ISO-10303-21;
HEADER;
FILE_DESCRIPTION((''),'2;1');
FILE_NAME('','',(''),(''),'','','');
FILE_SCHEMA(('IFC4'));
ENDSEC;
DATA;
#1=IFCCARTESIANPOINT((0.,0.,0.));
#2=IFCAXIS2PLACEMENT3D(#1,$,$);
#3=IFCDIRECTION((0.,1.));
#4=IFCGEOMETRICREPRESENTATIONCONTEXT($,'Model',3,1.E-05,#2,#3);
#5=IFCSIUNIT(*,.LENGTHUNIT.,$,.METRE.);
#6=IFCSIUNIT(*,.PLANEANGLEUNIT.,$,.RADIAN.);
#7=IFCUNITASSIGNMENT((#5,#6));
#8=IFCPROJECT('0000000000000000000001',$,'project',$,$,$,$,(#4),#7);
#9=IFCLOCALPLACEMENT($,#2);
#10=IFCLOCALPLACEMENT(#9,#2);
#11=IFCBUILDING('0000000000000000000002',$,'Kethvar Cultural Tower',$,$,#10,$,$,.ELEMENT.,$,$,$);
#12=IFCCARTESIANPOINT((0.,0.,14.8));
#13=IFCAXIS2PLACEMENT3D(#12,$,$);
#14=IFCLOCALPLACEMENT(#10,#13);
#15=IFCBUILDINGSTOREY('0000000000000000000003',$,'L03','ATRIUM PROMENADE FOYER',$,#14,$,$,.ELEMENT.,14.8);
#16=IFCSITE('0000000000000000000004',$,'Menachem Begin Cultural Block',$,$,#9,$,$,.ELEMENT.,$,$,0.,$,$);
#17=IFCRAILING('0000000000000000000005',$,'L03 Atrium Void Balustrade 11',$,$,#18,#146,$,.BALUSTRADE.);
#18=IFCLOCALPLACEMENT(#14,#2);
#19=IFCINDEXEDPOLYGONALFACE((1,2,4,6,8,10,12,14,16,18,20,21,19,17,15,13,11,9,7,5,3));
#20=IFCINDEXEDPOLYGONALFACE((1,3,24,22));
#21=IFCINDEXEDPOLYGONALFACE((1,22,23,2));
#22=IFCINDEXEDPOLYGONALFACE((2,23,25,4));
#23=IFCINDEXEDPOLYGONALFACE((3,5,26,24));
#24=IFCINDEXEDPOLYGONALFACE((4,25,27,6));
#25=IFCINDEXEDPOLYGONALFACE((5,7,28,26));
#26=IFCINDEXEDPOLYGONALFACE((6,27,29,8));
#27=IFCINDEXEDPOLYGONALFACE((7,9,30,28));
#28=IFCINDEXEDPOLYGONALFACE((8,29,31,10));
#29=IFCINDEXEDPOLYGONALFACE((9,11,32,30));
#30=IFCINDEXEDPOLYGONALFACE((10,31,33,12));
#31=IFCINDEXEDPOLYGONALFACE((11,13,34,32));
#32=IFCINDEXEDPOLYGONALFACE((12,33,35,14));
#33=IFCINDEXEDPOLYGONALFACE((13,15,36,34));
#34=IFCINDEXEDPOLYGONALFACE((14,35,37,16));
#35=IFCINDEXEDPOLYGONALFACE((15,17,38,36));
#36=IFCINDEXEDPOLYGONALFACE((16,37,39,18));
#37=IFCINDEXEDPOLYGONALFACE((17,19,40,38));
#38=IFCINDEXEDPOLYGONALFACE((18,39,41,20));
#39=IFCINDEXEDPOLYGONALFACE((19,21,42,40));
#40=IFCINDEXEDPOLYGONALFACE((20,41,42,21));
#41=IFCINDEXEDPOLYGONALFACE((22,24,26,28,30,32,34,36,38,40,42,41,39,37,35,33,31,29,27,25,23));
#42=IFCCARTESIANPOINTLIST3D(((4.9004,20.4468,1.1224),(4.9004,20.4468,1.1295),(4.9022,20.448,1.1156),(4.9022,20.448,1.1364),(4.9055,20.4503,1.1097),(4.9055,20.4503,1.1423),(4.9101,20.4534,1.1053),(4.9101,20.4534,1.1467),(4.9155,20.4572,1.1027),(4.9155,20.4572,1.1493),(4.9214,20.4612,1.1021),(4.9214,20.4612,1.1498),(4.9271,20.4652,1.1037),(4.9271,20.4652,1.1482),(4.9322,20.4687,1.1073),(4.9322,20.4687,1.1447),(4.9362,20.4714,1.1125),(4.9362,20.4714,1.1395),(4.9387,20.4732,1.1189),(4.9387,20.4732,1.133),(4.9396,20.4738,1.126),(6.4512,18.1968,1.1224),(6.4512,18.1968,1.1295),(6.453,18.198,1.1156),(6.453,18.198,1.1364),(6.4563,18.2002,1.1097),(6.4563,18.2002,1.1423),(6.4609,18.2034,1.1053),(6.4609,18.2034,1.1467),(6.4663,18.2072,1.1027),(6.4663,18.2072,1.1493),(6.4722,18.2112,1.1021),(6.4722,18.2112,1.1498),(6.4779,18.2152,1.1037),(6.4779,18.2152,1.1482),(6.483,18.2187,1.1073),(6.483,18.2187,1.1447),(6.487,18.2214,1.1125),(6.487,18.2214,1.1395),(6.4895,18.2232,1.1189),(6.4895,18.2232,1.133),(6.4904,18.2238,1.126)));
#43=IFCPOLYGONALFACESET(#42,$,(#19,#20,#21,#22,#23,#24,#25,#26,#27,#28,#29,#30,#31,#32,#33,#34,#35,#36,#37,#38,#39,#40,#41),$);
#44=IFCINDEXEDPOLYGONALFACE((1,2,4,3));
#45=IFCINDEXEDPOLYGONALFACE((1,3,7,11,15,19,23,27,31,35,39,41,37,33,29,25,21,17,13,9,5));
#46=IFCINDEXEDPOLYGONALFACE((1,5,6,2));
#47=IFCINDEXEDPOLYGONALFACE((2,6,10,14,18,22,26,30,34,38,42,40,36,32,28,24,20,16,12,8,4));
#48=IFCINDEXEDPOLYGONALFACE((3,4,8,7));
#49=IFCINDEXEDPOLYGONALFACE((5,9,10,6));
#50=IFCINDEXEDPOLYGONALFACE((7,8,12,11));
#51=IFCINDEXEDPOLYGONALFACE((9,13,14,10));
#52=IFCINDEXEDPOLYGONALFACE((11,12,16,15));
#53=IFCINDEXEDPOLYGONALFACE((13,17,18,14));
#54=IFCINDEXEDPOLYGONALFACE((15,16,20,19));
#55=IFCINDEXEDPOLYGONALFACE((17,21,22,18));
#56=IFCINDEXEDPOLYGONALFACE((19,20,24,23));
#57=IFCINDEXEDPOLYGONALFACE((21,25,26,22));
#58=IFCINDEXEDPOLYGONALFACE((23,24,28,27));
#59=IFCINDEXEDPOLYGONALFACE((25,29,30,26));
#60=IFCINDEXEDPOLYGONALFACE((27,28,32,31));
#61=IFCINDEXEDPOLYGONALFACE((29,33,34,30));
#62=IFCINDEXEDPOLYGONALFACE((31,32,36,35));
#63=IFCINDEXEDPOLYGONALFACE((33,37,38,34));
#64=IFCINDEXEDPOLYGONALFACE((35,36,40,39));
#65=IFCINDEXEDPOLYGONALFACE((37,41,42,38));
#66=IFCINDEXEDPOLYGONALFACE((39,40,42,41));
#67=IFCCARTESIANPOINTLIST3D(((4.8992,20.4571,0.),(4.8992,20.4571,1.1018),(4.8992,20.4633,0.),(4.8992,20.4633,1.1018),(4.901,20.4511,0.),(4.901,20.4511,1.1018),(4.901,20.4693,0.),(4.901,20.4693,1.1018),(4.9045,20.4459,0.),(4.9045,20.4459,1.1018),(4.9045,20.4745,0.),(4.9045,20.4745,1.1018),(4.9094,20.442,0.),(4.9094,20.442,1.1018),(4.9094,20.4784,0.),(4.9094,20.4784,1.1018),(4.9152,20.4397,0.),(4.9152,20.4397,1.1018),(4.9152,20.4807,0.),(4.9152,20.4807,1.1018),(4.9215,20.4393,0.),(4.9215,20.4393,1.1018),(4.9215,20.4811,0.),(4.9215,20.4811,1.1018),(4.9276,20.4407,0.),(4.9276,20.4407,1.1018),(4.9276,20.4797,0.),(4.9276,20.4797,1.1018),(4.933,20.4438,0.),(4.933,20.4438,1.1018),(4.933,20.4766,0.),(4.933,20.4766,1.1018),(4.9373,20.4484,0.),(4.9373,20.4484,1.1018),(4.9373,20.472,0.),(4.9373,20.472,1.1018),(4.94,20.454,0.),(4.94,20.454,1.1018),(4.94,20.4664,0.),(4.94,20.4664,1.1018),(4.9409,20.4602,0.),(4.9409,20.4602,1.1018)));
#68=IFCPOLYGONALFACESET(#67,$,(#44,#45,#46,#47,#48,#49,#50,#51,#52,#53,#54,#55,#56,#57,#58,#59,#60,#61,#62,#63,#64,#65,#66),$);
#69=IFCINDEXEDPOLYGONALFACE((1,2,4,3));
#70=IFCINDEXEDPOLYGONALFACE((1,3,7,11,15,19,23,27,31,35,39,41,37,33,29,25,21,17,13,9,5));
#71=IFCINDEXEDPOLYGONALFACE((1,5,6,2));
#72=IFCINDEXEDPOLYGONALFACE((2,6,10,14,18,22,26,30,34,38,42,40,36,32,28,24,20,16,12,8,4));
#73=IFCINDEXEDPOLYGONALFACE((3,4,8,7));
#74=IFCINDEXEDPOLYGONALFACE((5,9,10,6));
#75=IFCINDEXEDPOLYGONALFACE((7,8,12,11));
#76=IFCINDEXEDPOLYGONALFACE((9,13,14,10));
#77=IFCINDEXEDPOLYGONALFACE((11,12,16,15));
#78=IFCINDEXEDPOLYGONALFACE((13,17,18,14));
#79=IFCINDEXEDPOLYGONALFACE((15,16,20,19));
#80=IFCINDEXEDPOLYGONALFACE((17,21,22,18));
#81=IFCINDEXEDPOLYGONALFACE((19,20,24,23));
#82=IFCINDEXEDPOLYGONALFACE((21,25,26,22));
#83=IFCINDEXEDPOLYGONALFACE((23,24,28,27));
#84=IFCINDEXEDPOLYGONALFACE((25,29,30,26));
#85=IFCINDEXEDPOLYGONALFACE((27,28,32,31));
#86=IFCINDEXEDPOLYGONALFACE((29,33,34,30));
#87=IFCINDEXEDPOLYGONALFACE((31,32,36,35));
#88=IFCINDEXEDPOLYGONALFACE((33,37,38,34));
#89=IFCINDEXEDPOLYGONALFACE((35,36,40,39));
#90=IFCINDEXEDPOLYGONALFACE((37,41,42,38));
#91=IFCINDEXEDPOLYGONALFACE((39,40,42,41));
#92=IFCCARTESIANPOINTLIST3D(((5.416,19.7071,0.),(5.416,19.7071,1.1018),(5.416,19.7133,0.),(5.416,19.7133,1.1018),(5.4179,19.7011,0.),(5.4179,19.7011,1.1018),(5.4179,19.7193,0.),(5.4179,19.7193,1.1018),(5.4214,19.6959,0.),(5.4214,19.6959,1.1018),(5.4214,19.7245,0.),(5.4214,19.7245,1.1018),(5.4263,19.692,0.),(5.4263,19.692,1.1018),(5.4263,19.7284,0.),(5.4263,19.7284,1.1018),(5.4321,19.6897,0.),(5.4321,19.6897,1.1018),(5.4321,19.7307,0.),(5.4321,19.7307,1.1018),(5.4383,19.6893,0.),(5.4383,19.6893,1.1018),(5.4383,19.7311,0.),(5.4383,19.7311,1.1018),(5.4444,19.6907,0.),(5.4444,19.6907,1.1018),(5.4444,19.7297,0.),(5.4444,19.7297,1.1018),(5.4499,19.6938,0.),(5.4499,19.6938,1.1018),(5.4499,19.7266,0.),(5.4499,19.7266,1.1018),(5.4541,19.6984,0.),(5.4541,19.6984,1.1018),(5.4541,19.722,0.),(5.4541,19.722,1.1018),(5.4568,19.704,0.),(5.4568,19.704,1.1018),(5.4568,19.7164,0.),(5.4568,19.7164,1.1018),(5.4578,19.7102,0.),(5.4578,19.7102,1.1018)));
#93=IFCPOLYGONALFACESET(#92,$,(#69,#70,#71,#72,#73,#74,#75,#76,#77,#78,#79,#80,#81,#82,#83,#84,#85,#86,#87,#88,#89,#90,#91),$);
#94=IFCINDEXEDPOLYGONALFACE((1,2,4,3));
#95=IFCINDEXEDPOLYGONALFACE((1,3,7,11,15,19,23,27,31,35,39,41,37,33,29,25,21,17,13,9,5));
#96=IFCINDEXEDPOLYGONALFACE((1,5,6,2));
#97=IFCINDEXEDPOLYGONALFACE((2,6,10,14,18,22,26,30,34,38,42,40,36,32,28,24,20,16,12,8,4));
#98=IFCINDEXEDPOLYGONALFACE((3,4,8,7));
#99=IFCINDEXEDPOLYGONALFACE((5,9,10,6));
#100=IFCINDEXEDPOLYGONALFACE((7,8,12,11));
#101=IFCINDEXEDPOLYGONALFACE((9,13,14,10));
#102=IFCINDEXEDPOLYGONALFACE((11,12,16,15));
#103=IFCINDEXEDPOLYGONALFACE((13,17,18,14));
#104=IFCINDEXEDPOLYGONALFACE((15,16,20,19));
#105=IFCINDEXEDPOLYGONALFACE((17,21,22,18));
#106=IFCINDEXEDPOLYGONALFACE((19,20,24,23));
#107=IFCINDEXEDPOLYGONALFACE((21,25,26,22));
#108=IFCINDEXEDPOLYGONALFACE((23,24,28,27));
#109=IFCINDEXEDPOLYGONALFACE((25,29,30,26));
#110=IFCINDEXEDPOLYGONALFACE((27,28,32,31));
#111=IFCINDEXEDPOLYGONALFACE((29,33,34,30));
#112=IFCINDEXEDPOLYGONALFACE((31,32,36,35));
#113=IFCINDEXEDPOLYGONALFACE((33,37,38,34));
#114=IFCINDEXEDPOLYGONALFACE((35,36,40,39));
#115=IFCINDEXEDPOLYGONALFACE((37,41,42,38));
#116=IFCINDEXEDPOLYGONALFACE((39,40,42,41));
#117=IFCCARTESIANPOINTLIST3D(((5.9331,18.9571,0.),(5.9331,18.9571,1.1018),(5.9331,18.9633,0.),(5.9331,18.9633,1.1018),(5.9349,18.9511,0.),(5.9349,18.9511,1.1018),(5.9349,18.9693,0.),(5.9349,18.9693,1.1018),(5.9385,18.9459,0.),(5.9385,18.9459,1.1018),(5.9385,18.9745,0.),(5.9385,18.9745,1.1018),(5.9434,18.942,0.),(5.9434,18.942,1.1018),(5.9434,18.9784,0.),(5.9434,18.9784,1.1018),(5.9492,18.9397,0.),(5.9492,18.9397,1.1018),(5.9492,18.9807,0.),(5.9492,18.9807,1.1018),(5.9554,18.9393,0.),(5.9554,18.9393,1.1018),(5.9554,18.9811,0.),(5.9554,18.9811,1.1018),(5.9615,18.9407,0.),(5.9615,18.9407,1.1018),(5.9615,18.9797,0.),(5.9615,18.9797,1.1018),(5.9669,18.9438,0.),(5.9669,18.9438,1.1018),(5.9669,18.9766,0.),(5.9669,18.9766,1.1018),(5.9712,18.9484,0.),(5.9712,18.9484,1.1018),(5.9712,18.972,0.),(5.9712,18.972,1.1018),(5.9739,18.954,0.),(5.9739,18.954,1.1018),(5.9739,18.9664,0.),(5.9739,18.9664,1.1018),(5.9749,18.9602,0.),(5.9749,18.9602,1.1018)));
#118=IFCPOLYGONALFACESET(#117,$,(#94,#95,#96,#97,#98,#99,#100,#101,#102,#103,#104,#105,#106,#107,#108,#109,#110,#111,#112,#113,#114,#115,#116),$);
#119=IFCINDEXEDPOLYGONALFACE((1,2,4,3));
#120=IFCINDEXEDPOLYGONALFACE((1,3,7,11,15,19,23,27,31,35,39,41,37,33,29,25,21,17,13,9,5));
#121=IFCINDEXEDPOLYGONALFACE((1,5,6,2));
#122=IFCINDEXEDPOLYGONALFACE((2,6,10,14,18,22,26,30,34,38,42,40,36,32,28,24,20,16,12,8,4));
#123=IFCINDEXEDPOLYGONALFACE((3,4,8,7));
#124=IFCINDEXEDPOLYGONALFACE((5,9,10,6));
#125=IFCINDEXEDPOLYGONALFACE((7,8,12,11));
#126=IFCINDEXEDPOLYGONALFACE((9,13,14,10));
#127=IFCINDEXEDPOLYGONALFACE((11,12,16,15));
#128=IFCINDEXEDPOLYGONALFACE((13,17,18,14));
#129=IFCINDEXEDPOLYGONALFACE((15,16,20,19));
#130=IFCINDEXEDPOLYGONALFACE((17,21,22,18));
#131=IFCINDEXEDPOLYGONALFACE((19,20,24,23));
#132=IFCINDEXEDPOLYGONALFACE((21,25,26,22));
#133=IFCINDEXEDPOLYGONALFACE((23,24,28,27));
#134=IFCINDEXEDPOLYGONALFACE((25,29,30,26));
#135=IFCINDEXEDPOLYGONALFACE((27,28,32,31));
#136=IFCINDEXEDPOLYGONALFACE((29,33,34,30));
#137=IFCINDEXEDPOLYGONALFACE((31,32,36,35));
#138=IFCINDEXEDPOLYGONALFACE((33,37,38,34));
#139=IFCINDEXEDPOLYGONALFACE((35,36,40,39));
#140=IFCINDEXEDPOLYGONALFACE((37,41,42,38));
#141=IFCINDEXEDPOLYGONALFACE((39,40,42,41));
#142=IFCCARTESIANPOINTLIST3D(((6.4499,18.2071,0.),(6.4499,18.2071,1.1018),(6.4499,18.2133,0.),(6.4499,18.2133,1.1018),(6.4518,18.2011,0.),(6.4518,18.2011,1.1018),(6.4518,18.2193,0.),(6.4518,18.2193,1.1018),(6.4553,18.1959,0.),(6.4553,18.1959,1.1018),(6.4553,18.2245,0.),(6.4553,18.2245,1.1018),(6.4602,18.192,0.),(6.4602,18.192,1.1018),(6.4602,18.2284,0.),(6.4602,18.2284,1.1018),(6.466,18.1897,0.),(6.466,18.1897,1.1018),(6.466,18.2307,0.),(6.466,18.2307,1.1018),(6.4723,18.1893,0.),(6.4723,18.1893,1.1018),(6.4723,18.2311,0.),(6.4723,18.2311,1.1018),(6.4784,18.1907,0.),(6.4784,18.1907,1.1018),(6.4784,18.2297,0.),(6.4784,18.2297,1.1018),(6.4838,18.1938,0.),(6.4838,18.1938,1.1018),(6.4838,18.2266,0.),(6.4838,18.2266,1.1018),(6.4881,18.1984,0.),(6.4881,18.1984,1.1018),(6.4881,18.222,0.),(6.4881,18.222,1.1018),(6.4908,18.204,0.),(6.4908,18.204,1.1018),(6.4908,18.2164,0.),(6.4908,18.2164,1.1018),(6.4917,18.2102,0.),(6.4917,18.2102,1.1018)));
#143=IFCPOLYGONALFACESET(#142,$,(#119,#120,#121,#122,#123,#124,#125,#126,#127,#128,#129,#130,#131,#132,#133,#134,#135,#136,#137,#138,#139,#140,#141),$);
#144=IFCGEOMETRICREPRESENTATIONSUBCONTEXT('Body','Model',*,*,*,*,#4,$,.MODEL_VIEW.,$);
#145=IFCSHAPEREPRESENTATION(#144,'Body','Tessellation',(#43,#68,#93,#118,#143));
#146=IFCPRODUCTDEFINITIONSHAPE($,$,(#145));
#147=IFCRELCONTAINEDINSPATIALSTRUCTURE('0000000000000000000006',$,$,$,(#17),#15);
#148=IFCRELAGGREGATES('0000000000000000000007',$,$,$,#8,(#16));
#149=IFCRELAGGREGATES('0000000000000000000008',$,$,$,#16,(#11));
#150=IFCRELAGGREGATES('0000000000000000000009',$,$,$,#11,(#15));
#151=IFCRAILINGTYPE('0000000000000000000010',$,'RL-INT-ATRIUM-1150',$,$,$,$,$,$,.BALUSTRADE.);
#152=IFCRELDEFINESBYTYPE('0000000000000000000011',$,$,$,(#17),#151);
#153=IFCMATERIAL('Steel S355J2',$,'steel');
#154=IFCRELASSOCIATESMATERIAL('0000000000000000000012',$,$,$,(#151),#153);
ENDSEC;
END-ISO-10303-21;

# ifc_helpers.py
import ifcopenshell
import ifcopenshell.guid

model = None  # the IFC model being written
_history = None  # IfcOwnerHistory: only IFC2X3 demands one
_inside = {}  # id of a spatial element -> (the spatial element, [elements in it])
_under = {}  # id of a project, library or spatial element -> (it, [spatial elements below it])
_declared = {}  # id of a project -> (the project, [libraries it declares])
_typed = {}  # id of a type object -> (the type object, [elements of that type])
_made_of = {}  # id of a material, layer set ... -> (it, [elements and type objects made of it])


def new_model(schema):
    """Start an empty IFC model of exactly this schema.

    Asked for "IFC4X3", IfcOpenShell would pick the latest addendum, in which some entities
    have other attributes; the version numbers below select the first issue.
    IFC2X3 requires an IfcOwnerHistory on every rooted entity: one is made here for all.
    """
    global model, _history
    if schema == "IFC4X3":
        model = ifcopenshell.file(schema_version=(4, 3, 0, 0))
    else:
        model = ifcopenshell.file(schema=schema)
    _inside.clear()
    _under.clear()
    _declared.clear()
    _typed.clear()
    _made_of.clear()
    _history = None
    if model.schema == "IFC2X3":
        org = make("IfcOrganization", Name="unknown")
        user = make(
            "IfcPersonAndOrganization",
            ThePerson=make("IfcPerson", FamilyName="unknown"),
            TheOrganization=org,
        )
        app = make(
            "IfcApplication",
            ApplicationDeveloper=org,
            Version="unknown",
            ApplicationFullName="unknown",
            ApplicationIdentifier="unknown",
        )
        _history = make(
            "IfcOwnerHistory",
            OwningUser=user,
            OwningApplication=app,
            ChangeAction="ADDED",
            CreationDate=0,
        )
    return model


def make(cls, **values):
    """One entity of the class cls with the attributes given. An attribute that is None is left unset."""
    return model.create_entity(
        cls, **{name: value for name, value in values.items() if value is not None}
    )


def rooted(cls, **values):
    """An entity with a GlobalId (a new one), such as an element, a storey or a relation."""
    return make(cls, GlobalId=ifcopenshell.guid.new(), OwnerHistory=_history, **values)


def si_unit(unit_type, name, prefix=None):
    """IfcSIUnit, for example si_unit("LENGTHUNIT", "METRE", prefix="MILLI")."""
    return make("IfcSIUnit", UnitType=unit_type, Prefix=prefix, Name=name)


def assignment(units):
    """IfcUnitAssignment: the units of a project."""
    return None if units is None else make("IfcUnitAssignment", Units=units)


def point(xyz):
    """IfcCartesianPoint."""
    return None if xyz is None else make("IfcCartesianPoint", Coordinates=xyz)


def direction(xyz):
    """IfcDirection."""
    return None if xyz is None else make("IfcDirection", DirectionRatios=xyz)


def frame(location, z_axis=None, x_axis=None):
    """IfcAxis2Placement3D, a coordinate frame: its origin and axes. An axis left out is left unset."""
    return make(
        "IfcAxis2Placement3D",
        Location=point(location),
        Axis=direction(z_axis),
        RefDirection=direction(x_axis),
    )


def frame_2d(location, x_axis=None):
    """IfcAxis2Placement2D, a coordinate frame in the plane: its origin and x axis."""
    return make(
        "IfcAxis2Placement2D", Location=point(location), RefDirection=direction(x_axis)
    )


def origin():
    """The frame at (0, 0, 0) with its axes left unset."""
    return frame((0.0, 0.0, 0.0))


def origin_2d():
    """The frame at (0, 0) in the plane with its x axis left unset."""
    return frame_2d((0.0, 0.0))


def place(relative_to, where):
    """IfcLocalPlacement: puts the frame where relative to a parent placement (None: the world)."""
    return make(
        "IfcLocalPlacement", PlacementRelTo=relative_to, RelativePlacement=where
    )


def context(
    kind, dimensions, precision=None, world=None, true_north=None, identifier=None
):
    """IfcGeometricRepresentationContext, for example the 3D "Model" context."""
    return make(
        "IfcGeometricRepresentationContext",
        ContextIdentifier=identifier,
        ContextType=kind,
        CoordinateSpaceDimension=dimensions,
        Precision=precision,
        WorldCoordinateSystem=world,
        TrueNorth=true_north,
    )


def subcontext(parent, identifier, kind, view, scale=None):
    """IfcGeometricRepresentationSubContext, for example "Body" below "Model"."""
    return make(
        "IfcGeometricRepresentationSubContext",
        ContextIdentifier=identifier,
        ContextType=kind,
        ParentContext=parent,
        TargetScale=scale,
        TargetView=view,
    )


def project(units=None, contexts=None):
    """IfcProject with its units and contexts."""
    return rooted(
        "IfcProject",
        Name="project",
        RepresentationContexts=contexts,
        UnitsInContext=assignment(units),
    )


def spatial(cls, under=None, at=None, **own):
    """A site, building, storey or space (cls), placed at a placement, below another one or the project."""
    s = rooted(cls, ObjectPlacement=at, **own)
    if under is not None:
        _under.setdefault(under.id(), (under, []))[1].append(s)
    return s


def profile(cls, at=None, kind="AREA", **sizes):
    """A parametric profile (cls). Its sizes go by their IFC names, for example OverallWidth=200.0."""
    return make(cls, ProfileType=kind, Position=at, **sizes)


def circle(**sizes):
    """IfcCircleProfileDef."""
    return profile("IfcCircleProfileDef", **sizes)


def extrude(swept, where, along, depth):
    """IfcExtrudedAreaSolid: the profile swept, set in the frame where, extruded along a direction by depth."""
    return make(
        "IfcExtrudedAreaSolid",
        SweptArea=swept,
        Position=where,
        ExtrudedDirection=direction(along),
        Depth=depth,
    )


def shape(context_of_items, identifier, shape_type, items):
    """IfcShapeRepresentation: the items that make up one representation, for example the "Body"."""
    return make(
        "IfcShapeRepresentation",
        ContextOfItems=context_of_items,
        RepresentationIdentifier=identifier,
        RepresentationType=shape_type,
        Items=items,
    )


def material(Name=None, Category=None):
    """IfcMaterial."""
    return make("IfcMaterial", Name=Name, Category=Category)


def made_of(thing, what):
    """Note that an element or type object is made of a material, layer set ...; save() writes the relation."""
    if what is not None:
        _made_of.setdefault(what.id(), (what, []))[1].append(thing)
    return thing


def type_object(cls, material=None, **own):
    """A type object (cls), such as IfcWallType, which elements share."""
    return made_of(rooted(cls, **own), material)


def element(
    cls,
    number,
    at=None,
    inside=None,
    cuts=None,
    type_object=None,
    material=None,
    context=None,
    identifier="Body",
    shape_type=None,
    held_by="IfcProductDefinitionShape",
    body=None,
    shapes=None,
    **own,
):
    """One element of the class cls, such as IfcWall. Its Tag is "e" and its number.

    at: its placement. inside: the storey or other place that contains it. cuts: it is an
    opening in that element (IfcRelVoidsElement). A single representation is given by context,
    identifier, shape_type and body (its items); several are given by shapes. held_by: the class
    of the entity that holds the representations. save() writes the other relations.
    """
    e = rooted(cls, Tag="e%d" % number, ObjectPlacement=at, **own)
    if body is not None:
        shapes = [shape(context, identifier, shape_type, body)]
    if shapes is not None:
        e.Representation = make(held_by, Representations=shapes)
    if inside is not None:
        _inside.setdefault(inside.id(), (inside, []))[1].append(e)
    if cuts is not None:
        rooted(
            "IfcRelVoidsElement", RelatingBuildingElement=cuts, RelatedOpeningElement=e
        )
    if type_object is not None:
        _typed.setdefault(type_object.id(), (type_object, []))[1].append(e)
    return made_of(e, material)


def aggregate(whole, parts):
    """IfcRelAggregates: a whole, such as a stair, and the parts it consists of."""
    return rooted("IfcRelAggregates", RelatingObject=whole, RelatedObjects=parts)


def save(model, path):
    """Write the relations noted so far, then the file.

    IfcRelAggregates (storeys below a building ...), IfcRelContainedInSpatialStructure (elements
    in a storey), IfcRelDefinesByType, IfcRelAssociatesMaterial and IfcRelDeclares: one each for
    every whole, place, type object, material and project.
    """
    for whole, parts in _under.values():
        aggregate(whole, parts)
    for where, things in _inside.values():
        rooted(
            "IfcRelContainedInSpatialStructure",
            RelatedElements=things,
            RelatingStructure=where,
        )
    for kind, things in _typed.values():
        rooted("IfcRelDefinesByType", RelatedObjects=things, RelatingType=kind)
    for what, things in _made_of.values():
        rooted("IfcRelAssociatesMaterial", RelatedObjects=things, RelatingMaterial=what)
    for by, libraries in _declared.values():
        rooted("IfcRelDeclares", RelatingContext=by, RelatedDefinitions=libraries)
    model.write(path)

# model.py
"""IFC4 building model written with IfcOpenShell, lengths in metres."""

from ifc_helpers import new_model, si_unit, direction, frame, origin, origin_2d, place, context, subcontext, project, spatial, circle, extrude, material, type_object, element, save


model = new_model("IFC4")

# Units and contexts
model_context = context("Model", 3, precision=1e-05, world=origin(), true_north=direction((0.0, 1.0)))
body_context = subcontext(model_context, "Body", "Model", "MODEL_VIEW")
ifc_project = project(units=[si_unit("LENGTHUNIT", "METRE"), si_unit("PLANEANGLEUNIT", "RADIAN")], contexts=[model_context])

# Site, building, storey
site_placement = place(None, origin())
site = spatial("IfcSite", under=ifc_project, at=site_placement, Name="Menachem Begin Cultural Block", CompositionType="ELEMENT", RefElevation=0.0)
building_placement = place(site_placement, origin())
building = spatial("IfcBuilding", under=site, at=building_placement, Name="Kethvar Cultural Tower", CompositionType="ELEMENT")
storey_placement = place(building_placement, frame((0.0, 0.0, 14.8)))
storey = spatial("IfcBuildingStorey", under=building, at=storey_placement, Name="L03", Description="ATRIUM PROMENADE FOYER", CompositionType="ELEMENT", Elevation=14.8)

# Shared definitions
ifc_material_1 = material(Name="Steel S355J2", Category="steel")

# Railing
railing_type_1 = type_object("IfcRailingType", Name="RL-INT-ATRIUM-1150", PredefinedType="BALUSTRADE", material=ifc_material_1)
railing_1_placement = place(storey_placement, frame((4.9199, 20.4602, 0.0)))
element("IfcRailing", 1, at=railing_1_placement, inside=storey, type_object=railing_type_1, Name="L03 Atrium Void Balustrade 11", PredefinedType="BALUSTRADE", context=body_context, shape_type="SweptSolid", body=[
    extrude(circle(Radius=0.0239, at=origin_2d()), frame((0.0, 0.0, 1.126), z_axis=(0.567499, -0.823374, 0.0), x_axis=(0.823374, 0.567499, 0.0)), (0.0, 0.0, 1.0), 2.7327),
    extrude(circle(Radius=0.021, at=origin_2d()), origin(), (0.0, 0.0, 1.0), 1.1018),
    extrude(circle(Radius=0.021, at=origin_2d()), frame((0.5168, -0.75, 0.0)), (0.0, 0.0, 1.0), 1.1018),
    extrude(circle(Radius=0.021, at=origin_2d()), frame((1.0339, -1.5, 0.0)), (0.0, 0.0, 1.0), 1.1018),
    extrude(circle(Radius=0.021, at=origin_2d()), frame((1.5508, -2.25, 0.0)), (0.0, 0.0, 1.0), 1.1018),
])

save(model, "model.ifc")
